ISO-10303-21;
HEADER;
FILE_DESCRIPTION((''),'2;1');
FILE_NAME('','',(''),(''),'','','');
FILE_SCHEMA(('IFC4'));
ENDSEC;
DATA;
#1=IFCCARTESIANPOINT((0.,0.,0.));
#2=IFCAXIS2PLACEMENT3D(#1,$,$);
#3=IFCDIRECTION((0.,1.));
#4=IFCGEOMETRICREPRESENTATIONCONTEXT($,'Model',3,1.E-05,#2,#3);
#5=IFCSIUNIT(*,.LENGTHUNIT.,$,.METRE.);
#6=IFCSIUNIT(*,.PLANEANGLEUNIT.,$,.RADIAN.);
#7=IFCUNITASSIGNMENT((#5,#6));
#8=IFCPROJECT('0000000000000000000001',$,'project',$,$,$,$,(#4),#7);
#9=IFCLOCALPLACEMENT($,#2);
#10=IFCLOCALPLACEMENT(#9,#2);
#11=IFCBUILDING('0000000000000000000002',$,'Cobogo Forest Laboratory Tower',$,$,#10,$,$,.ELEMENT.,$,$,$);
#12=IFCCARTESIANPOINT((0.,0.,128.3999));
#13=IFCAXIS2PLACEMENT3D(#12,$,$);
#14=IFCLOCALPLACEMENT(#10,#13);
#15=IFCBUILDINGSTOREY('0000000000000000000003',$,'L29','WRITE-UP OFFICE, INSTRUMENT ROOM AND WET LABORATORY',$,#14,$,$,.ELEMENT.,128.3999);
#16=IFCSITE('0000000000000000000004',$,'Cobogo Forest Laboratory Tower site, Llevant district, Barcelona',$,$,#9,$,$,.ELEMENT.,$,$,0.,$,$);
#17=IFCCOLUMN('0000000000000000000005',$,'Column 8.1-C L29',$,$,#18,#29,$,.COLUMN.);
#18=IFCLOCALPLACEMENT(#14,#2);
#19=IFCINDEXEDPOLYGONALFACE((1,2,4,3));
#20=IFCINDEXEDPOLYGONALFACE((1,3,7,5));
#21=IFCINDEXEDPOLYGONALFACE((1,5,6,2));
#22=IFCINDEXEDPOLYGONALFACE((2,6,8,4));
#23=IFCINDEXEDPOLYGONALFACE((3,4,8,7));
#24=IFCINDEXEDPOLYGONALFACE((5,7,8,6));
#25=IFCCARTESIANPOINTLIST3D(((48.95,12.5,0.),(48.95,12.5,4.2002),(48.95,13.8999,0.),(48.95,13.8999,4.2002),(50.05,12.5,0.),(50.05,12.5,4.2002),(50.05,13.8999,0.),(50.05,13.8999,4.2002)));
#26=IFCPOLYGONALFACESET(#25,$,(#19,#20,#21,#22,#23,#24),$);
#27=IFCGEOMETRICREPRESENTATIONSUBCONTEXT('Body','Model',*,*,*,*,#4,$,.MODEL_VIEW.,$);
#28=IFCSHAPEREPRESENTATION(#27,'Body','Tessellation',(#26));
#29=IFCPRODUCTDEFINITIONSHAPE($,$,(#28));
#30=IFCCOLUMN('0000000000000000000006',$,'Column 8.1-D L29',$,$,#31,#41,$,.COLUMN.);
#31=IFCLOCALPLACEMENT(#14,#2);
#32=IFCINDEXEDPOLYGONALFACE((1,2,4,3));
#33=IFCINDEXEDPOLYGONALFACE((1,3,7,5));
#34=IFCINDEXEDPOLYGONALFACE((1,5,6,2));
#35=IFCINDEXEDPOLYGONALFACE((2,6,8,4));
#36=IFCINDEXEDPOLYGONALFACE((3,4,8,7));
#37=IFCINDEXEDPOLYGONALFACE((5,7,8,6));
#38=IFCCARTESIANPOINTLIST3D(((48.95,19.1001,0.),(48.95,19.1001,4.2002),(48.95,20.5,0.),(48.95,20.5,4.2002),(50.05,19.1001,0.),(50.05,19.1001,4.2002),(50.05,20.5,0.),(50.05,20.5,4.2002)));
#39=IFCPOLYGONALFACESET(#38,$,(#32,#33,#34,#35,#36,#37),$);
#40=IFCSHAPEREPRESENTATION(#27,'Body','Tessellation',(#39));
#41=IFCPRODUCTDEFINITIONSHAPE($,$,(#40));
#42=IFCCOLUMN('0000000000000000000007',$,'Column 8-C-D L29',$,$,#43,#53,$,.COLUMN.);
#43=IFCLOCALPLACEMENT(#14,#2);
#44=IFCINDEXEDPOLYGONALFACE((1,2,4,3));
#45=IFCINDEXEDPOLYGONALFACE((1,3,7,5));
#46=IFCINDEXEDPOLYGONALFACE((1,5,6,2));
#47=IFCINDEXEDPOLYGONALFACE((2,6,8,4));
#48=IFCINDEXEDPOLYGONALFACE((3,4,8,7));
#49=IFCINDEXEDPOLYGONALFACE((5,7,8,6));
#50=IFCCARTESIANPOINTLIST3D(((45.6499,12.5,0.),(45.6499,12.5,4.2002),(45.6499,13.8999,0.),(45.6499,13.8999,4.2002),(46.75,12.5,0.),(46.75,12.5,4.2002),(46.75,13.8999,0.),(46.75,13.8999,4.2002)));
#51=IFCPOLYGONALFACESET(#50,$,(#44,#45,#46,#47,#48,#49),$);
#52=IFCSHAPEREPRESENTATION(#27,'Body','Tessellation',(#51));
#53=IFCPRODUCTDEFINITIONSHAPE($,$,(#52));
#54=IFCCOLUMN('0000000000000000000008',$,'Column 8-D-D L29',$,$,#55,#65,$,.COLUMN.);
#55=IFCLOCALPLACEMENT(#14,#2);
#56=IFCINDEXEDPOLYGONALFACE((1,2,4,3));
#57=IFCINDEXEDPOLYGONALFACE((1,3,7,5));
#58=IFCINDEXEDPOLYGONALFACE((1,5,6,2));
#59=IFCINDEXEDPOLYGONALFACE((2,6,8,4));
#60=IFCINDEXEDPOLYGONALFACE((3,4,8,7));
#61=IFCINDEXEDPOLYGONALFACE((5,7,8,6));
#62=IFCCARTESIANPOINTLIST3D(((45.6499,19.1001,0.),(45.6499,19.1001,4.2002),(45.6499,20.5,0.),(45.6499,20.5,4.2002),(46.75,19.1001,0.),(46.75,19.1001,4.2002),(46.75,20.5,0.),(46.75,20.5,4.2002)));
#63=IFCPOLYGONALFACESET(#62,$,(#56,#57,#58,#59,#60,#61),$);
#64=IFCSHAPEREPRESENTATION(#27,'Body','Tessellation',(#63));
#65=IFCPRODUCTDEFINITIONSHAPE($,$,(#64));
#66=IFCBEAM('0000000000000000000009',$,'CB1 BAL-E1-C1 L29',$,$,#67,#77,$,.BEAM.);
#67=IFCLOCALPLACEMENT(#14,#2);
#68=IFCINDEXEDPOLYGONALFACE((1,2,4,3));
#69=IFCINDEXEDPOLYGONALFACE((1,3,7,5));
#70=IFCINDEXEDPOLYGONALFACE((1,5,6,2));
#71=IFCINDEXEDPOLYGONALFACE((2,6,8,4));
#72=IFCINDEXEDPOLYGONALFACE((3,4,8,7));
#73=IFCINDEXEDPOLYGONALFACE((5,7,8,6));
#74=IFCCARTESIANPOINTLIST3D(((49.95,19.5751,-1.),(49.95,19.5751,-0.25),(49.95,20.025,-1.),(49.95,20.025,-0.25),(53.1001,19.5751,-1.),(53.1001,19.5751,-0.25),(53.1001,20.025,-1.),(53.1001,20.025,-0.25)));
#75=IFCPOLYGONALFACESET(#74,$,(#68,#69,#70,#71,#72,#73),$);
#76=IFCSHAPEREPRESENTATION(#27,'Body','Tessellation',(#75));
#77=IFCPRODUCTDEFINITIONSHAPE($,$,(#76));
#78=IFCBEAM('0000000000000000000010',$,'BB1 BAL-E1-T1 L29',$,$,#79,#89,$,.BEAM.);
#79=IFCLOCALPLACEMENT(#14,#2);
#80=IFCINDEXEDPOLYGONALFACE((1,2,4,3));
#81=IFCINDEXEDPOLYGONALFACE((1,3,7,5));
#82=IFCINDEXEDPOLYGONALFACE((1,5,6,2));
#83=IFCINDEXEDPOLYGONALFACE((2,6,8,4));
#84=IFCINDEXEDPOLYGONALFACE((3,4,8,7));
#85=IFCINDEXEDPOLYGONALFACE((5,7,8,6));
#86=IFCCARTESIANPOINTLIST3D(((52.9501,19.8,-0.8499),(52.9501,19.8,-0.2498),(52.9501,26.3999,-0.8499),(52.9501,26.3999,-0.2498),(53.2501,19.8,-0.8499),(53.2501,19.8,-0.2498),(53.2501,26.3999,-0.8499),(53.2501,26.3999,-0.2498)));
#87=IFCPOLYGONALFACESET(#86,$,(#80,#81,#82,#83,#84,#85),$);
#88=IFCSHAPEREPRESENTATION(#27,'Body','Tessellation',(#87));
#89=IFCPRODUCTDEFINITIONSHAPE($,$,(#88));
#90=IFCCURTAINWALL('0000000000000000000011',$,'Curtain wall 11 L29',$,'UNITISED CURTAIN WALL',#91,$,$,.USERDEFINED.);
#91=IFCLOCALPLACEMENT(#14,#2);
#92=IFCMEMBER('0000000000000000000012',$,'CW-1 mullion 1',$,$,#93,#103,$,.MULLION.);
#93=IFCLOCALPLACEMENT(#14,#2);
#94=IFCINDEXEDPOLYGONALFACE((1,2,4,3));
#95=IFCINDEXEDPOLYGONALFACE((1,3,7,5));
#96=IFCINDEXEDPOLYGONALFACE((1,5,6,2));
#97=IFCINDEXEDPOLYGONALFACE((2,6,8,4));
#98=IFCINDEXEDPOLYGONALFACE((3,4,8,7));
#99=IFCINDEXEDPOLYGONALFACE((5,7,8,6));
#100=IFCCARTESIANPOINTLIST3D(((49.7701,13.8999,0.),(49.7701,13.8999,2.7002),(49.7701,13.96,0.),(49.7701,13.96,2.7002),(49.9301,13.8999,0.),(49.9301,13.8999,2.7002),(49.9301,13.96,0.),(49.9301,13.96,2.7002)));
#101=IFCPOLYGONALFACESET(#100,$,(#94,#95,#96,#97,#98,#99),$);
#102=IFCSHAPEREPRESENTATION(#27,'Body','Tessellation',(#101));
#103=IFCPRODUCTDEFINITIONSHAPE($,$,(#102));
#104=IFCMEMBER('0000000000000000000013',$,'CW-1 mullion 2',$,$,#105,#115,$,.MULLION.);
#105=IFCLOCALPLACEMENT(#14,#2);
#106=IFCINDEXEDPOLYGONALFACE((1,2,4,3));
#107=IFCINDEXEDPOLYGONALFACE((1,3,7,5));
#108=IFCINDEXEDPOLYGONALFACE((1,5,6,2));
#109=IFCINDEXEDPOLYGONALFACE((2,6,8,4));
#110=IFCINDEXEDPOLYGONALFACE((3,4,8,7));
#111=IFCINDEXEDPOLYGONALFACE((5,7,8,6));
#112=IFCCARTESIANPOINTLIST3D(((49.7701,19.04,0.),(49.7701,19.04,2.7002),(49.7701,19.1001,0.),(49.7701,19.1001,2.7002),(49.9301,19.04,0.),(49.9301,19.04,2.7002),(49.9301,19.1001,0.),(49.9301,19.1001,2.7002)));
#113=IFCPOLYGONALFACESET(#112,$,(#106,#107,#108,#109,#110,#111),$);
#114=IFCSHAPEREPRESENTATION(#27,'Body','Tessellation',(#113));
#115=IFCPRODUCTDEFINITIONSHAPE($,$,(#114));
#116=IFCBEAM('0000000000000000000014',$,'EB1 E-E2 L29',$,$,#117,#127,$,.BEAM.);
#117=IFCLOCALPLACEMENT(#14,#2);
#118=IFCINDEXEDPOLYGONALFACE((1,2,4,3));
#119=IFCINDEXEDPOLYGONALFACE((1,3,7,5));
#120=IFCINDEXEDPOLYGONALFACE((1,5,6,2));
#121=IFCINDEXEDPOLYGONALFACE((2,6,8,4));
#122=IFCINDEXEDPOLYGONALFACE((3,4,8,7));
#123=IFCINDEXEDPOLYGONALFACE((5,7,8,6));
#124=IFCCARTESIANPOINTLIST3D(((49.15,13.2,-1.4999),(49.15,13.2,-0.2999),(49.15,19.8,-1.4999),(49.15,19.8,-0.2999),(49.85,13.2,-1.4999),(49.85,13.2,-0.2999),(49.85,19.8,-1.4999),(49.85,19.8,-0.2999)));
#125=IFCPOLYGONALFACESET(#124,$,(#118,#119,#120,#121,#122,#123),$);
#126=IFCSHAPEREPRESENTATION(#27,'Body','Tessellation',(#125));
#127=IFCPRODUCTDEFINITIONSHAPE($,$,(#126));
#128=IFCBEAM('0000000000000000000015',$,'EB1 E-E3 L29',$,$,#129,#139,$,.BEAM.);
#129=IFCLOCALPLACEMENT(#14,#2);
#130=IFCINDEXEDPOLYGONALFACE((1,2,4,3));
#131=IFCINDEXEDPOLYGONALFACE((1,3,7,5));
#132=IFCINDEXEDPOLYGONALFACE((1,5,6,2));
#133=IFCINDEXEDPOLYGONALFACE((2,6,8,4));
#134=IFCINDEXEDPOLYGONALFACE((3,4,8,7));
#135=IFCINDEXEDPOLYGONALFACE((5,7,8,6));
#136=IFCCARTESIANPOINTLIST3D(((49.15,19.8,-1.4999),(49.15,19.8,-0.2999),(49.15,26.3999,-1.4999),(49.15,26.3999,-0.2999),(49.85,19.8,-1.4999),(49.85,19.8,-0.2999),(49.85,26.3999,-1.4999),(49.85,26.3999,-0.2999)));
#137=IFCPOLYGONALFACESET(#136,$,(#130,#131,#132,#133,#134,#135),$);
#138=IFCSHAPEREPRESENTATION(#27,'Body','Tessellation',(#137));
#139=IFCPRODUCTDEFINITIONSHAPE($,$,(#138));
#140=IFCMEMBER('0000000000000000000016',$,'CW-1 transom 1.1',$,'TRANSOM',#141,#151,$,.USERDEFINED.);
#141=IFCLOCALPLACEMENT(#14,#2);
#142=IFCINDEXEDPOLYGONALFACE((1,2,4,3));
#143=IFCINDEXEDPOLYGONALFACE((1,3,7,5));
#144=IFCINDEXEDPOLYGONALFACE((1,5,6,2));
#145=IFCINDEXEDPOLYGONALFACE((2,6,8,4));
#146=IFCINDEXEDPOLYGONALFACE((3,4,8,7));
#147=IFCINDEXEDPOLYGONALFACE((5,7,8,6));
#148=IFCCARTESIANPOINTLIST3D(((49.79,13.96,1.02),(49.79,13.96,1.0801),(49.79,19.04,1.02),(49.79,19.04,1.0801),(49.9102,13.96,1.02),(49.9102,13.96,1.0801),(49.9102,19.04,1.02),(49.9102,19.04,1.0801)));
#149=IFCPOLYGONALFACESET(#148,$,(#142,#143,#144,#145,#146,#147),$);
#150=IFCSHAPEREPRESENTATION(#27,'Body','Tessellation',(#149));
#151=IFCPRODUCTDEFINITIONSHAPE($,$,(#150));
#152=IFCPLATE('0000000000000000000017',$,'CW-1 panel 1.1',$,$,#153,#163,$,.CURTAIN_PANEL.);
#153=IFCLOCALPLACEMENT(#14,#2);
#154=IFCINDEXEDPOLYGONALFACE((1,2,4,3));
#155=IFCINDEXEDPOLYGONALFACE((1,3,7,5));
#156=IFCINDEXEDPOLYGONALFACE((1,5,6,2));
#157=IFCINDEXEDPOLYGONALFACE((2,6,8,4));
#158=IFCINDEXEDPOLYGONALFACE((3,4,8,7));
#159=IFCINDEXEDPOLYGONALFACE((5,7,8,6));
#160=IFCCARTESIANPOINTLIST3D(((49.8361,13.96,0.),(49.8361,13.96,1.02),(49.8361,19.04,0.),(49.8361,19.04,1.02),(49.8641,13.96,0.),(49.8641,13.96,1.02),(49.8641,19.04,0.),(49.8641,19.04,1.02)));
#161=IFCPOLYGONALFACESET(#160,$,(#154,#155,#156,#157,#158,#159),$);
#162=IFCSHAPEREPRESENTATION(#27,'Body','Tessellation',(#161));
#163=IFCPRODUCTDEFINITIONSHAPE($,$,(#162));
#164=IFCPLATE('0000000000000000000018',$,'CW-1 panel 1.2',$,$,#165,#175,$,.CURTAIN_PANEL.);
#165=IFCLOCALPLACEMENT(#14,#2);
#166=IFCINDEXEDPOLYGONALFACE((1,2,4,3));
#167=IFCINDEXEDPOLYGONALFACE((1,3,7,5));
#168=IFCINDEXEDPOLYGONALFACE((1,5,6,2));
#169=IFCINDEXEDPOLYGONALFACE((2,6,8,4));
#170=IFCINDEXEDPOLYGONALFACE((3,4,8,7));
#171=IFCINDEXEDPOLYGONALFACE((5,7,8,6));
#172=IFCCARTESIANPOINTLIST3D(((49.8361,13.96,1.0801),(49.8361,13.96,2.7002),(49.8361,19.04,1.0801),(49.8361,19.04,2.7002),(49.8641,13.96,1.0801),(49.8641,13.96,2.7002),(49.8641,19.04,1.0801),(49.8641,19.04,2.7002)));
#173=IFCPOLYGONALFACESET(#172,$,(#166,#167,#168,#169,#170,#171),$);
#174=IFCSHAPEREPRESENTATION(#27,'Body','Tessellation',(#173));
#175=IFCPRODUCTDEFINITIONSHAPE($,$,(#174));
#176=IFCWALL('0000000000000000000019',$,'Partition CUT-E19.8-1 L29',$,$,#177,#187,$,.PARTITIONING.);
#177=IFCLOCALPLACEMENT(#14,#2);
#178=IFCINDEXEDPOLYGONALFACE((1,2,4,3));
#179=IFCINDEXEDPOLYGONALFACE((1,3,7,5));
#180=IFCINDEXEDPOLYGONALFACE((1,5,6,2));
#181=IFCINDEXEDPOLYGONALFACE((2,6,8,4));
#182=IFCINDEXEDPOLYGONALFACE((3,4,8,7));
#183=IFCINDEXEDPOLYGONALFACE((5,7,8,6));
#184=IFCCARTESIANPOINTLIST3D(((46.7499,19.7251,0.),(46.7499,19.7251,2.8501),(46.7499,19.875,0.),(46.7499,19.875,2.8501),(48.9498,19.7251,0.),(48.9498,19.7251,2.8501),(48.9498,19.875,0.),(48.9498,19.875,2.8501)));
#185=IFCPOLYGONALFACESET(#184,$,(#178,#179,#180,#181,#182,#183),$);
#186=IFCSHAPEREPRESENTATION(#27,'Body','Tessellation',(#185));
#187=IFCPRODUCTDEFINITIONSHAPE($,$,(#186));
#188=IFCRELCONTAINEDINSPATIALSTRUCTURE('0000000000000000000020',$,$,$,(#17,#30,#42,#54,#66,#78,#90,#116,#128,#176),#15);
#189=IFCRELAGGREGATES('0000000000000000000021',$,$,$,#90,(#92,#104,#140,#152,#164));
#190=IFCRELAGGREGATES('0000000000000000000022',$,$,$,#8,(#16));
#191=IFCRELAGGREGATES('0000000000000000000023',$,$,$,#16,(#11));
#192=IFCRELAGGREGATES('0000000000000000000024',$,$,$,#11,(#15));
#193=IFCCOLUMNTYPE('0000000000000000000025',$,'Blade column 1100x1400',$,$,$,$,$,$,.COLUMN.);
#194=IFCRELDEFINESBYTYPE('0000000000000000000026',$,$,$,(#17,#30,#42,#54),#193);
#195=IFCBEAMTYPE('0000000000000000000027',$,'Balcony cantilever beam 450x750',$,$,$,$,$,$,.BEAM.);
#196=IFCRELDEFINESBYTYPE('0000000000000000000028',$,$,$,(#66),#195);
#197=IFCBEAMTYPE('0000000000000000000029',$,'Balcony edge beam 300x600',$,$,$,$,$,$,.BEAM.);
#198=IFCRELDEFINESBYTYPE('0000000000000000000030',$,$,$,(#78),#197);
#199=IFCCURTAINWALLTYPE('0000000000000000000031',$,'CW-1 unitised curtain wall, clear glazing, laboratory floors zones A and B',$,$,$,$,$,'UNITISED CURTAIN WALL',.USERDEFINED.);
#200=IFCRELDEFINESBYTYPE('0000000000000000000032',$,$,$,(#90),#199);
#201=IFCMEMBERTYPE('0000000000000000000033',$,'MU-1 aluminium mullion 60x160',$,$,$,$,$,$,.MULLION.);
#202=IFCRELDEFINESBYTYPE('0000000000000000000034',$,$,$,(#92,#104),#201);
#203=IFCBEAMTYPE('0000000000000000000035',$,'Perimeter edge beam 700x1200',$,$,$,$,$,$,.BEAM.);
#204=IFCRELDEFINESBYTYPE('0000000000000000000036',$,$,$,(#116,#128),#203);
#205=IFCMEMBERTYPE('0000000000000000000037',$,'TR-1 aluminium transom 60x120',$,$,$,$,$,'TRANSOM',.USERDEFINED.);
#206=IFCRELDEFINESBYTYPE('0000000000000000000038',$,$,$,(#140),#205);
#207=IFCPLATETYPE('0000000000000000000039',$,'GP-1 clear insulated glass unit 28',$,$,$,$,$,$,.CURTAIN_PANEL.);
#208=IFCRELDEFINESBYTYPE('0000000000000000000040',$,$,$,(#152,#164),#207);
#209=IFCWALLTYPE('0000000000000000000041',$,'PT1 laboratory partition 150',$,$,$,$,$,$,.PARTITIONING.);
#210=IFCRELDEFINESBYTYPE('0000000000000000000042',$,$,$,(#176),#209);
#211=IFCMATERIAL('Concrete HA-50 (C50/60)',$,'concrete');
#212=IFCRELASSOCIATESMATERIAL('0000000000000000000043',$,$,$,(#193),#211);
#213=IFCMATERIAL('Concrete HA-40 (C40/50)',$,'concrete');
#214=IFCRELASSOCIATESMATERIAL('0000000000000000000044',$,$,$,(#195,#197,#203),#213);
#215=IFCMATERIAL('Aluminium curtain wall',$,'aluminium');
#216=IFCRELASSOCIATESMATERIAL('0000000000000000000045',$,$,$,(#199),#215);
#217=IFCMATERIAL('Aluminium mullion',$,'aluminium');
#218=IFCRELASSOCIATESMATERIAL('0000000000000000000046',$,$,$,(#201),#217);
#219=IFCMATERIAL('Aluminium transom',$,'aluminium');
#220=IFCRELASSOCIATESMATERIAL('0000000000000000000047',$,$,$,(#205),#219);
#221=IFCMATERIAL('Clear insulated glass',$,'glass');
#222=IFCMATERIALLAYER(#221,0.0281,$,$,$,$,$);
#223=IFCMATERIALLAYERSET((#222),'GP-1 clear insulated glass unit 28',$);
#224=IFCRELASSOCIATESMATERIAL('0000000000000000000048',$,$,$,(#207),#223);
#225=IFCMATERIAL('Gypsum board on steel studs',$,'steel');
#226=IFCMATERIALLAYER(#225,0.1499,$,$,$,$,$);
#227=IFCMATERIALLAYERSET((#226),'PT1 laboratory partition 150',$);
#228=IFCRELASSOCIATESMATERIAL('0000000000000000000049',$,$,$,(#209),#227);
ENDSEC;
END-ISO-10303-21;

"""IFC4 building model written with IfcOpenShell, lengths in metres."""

from ifc_helpers import new_model, si_unit, direction, frame, frame_2d, origin, origin_2d, place, context, subcontext, project, spatial, rectangle, extrude, material, layer, layer_set, material_profile, profile_set, type_object, element, aggregate, save


model = new_model("IFC4")

# Units and contexts
model_context = context("Model", 3, precision=1e-05, world=origin(), true_north=direction((0.0, 1.0)))
body_context = subcontext(model_context, "Body", "Model", "MODEL_VIEW")
ifc_project = project(units=[si_unit("LENGTHUNIT", "METRE"), si_unit("PLANEANGLEUNIT", "RADIAN")], contexts=[model_context])

# Site, building, storey
site_placement = place(None, origin())
site = spatial("IfcSite", under=ifc_project, at=site_placement, Name="Cobogo Forest Laboratory Tower site, Llevant district, Barcelona", CompositionType="ELEMENT", RefElevation=0.0)
building_placement = place(site_placement, origin())
building = spatial("IfcBuilding", under=site, at=building_placement, Name="Cobogo Forest Laboratory Tower", CompositionType="ELEMENT")
storey_placement = place(building_placement, frame((0.0, 0.0, 128.3999)))
storey = spatial("IfcBuildingStorey", under=building, at=storey_placement, Name="L29", Description="WRITE-UP OFFICE, INSTRUMENT ROOM AND WET LABORATORY", CompositionType="ELEMENT", Elevation=128.3999)

# Columns
ifc_material_1 = material(Name="Concrete HA-50 (C50/60)", Category="concrete")
ifc_material_profile_1 = material_profile(ifc_material_1, rectangle(XDim=1.3999, YDim=1.1001, at=origin_2d()), Name="RC 1100x1400")
ifc_profile_set_1 = profile_set([ifc_material_profile_1], Name="Concrete HA-50 (C50/60)")
column_type = type_object("IfcColumnType", Name="Blade column 1100x1400", PredefinedType="COLUMN", material=ifc_profile_set_1)
for number, where, z_axis, x_axis, name in (
    (1, (49.5, 13.2, 0.0), (0.0, 0.0, 1.0), (0.0, 1.0, 0.0), "Column 8.1-C L29"),
    (2, (49.5, 19.8, 0.0), (0.0, 0.0, 1.0), (0.0, 1.0, 0.0), "Column 8.1-D L29"),
    (3, (46.2, 13.2, 0.0), (0.0, 0.0, 1.0), (0.0, 1.0, 0.0), "Column 8-C-D L29"),
    (4, (46.2, 19.8, 0.0), (0.0, 0.0, 1.0), (0.0, 1.0, 0.0), "Column 8-D-D L29"),
):
    element("IfcColumn", number, at=place(storey_placement, frame(where, z_axis=z_axis, x_axis=x_axis)), inside=storey, type_object=column_type, Name=name, PredefinedType="COLUMN", context=body_context, shape_type="SweptSolid", body=[
        extrude(rectangle(XDim=1.3999, YDim=1.1001, at=origin_2d()), origin(), (0.0, 0.0, 1.0), 4.2002),
    ])

# Beams
ifc_material_2 = material(Name="Concrete HA-40 (C40/50)", Category="concrete")
ifc_material_profile_2 = material_profile(ifc_material_2, rectangle(XDim=0.45, YDim=0.75, at=origin_2d()), Name="RC 450x750")
ifc_profile_set_2 = profile_set([ifc_material_profile_2], Name="Concrete HA-40 (C40/50)")
beam_type_1 = type_object("IfcBeamType", Name="Balcony cantilever beam 450x750", PredefinedType="BEAM", material=ifc_profile_set_2)
beam_1_placement = place(storey_placement, frame((49.95, 19.8, -0.625), z_axis=(1.0, 0.0, 0.0), x_axis=(0.0, 1.0, 0.0)))
element("IfcBeam", 5, at=beam_1_placement, inside=storey, type_object=beam_type_1, Name="CB1 BAL-E1-C1 L29", PredefinedType="BEAM", context=body_context, shape_type="SweptSolid", body=[
    extrude(rectangle(XDim=0.45, YDim=0.75, at=origin_2d()), origin(), (0.0, 0.0, 1.0), 3.1501),
])
ifc_material_profile_3 = material_profile(ifc_material_2, rectangle(XDim=0.3, YDim=0.6001, at=origin_2d()), Name="RC 300x600")
ifc_profile_set_3 = profile_set([ifc_material_profile_3], Name="Concrete HA-40 (C40/50)")
beam_type_2 = type_object("IfcBeamType", Name="Balcony edge beam 300x600", PredefinedType="BEAM", material=ifc_profile_set_3)
beam_2_placement = place(storey_placement, frame((53.1001, 19.8, -0.5498), z_axis=(0.0, 1.0, 0.0), x_axis=(-1.0, 0.0, 0.0)))
element("IfcBeam", 6, at=beam_2_placement, inside=storey, type_object=beam_type_2, Name="BB1 BAL-E1-T1 L29", PredefinedType="BEAM", context=body_context, shape_type="SweptSolid", body=[
    extrude(rectangle(XDim=0.3, YDim=0.6001, at=origin_2d()), origin(), (0.0, 0.0, 1.0), 6.5999),
])

# Curtain wall, members
ifc_material_3 = material(Name="Aluminium curtain wall", Category="aluminium")
curtain_wall_type = type_object("IfcCurtainWallType", Name="CW-1 unitised curtain wall, clear glazing, laboratory floors zones A and B", ElementType="UNITISED CURTAIN WALL", PredefinedType="USERDEFINED", material=ifc_material_3)
curtain_wall_placement = place(storey_placement, origin())
curtain_wall = element("IfcCurtainWall", 7, at=curtain_wall_placement, inside=storey, type_object=curtain_wall_type, Name="Curtain wall 11 L29", ObjectType="UNITISED CURTAIN WALL", PredefinedType="USERDEFINED")
ifc_material_4 = material(Name="Aluminium mullion", Category="aluminium")
ifc_material_profile_4 = material_profile(ifc_material_4, rectangle(XDim=0.0601, YDim=0.1599, at=origin_2d()), Name="AL 60x160")
ifc_profile_set_4 = profile_set([ifc_material_profile_4], Name="Aluminium mullion")
member_type_1 = type_object("IfcMemberType", Name="MU-1 aluminium mullion 60x160", PredefinedType="MULLION", material=ifc_profile_set_4)
member_1_placement = place(storey_placement, frame((49.8501, 13.9299, 0.0), z_axis=(0.0, 0.0, 1.0), x_axis=(0.0, 1.0, 0.0)))
member_1 = element("IfcMember", 8, at=member_1_placement, type_object=member_type_1, Name="CW-1 mullion 1", PredefinedType="MULLION", context=body_context, shape_type="SweptSolid", body=[
    extrude(rectangle(XDim=0.0601, YDim=0.1599, at=origin_2d()), origin(), (0.0, 0.0, 1.0), 2.7002),
])
member_2_placement = place(storey_placement, frame((49.8501, 19.0701, 0.0), z_axis=(0.0, 0.0, 1.0), x_axis=(0.0, 1.0, 0.0)))
member_2 = element("IfcMember", 9, at=member_2_placement, type_object=member_type_1, Name="CW-1 mullion 2", PredefinedType="MULLION", context=body_context, shape_type="SweptSolid", body=[
    extrude(rectangle(XDim=0.0601, YDim=0.1599, at=origin_2d()), origin(), (0.0, 0.0, 1.0), 2.7002),
])

# Beams
ifc_material_profile_5 = material_profile(ifc_material_2, rectangle(XDim=0.7, YDim=1.2, at=origin_2d()), Name="RC 700x1200")
ifc_profile_set_5 = profile_set([ifc_material_profile_5], Name="Concrete HA-40 (C40/50)")
beam_type_3 = type_object("IfcBeamType", Name="Perimeter edge beam 700x1200", PredefinedType="BEAM", material=ifc_profile_set_5)
beam_3_placement = place(storey_placement, frame((49.5, 13.2, -0.8999), z_axis=(0.0, 1.0, 0.0), x_axis=(-1.0, 0.0, 0.0)))
element("IfcBeam", 10, at=beam_3_placement, inside=storey, type_object=beam_type_3, Name="EB1 E-E2 L29", PredefinedType="BEAM", context=body_context, shape_type="SweptSolid", body=[
    extrude(rectangle(XDim=0.7, YDim=1.2, at=origin_2d()), origin(), (0.0, 0.0, 1.0), 6.6001),
])
beam_4_placement = place(storey_placement, frame((49.5, 19.8, -0.8999), z_axis=(0.0, 1.0, 0.0), x_axis=(-1.0, 0.0, 0.0)))
element("IfcBeam", 11, at=beam_4_placement, inside=storey, type_object=beam_type_3, Name="EB1 E-E3 L29", PredefinedType="BEAM", context=body_context, shape_type="SweptSolid", body=[
    extrude(rectangle(XDim=0.7, YDim=1.2, at=origin_2d()), origin(), (0.0, 0.0, 1.0), 6.5999),
])

# Member
ifc_material_5 = material(Name="Aluminium transom", Category="aluminium")
ifc_material_profile_6 = material_profile(ifc_material_5, rectangle(XDim=0.1201, YDim=0.0601, at=origin_2d()), Name="AL 60x120")
ifc_profile_set_6 = profile_set([ifc_material_profile_6], Name="Aluminium transom")
member_type_2 = type_object("IfcMemberType", Name="TR-1 aluminium transom 60x120", ElementType="TRANSOM", PredefinedType="USERDEFINED", material=ifc_profile_set_6)
member_3_placement = place(storey_placement, frame((49.8501, 13.96, 1.05), z_axis=(0.0, 1.0, 0.0), x_axis=(-1.0, 0.0, 0.0)))
member_3 = element("IfcMember", 12, at=member_3_placement, type_object=member_type_2, Name="CW-1 transom 1.1", ObjectType="TRANSOM", PredefinedType="USERDEFINED", context=body_context, shape_type="SweptSolid", body=[
    extrude(rectangle(XDim=0.1201, YDim=0.0601, at=origin_2d()), origin(), (0.0, 0.0, 1.0), 5.0801),
])

# Plates
ifc_material_6 = material(Name="Clear insulated glass", Category="glass")
ifc_layer_1 = layer(ifc_material_6, 0.0281)
ifc_layer_set_1 = layer_set([ifc_layer_1], Name="GP-1 clear insulated glass unit 28")
plate_type_1 = type_object("IfcPlateType", Name="GP-1 clear insulated glass unit 28", PredefinedType="CURTAIN_PANEL", material=ifc_layer_set_1)
plate_1_placement = place(storey_placement, frame((49.8501, 16.5, 0.0), z_axis=(0.0, 0.0, 1.0), x_axis=(0.0, 1.0, 0.0)))
plate_1 = element("IfcPlate", 13, at=plate_1_placement, type_object=plate_type_1, Name="CW-1 panel 1.1", PredefinedType="CURTAIN_PANEL", context=body_context, shape_type="SweptSolid", body=[
    extrude(rectangle(XDim=5.0801, YDim=0.0281, at=origin_2d()), origin(), (0.0, 0.0, 1.0), 1.02),
])
plate_2_placement = place(storey_placement, frame((49.8501, 16.5, 1.0801), z_axis=(0.0, 0.0, 1.0), x_axis=(0.0, 1.0, 0.0)))
plate_2 = element("IfcPlate", 14, at=plate_2_placement, type_object=plate_type_1, Name="CW-1 panel 1.2", PredefinedType="CURTAIN_PANEL", context=body_context, shape_type="SweptSolid", body=[
    extrude(rectangle(XDim=5.0801, YDim=0.0281, at=origin_2d()), origin(), (0.0, 0.0, 1.0), 1.6201),
])
aggregate(curtain_wall, [member_1, member_2, member_3, plate_1, plate_2])

# Wall
ifc_material_7 = material(Name="Gypsum board on steel studs", Category="steel")
ifc_layer_2 = layer(ifc_material_7, 0.1499)
ifc_layer_set_2 = layer_set([ifc_layer_2], Name="PT1 laboratory partition 150")
wall_type = type_object("IfcWallType", Name="PT1 laboratory partition 150", PredefinedType="PARTITIONING", material=ifc_layer_set_2)
wall_1_placement = place(storey_placement, frame((48.95, 19.8, 0.0), z_axis=(0.0, 0.0, 1.0), x_axis=(-1.0, 0.0, 0.0)))
element("IfcWall", 15, at=wall_1_placement, inside=storey, type_object=wall_type, Name="Partition CUT-E19.8-1 L29", PredefinedType="PARTITIONING", context=body_context, shape_type="SweptSolid", body=[
    extrude(rectangle(XDim=2.2, YDim=0.1499, at=frame_2d((1.1001, 0.0))), origin(), (0.0, 0.0, 1.0), 2.8501),
])

save(model, "model.ifc")
